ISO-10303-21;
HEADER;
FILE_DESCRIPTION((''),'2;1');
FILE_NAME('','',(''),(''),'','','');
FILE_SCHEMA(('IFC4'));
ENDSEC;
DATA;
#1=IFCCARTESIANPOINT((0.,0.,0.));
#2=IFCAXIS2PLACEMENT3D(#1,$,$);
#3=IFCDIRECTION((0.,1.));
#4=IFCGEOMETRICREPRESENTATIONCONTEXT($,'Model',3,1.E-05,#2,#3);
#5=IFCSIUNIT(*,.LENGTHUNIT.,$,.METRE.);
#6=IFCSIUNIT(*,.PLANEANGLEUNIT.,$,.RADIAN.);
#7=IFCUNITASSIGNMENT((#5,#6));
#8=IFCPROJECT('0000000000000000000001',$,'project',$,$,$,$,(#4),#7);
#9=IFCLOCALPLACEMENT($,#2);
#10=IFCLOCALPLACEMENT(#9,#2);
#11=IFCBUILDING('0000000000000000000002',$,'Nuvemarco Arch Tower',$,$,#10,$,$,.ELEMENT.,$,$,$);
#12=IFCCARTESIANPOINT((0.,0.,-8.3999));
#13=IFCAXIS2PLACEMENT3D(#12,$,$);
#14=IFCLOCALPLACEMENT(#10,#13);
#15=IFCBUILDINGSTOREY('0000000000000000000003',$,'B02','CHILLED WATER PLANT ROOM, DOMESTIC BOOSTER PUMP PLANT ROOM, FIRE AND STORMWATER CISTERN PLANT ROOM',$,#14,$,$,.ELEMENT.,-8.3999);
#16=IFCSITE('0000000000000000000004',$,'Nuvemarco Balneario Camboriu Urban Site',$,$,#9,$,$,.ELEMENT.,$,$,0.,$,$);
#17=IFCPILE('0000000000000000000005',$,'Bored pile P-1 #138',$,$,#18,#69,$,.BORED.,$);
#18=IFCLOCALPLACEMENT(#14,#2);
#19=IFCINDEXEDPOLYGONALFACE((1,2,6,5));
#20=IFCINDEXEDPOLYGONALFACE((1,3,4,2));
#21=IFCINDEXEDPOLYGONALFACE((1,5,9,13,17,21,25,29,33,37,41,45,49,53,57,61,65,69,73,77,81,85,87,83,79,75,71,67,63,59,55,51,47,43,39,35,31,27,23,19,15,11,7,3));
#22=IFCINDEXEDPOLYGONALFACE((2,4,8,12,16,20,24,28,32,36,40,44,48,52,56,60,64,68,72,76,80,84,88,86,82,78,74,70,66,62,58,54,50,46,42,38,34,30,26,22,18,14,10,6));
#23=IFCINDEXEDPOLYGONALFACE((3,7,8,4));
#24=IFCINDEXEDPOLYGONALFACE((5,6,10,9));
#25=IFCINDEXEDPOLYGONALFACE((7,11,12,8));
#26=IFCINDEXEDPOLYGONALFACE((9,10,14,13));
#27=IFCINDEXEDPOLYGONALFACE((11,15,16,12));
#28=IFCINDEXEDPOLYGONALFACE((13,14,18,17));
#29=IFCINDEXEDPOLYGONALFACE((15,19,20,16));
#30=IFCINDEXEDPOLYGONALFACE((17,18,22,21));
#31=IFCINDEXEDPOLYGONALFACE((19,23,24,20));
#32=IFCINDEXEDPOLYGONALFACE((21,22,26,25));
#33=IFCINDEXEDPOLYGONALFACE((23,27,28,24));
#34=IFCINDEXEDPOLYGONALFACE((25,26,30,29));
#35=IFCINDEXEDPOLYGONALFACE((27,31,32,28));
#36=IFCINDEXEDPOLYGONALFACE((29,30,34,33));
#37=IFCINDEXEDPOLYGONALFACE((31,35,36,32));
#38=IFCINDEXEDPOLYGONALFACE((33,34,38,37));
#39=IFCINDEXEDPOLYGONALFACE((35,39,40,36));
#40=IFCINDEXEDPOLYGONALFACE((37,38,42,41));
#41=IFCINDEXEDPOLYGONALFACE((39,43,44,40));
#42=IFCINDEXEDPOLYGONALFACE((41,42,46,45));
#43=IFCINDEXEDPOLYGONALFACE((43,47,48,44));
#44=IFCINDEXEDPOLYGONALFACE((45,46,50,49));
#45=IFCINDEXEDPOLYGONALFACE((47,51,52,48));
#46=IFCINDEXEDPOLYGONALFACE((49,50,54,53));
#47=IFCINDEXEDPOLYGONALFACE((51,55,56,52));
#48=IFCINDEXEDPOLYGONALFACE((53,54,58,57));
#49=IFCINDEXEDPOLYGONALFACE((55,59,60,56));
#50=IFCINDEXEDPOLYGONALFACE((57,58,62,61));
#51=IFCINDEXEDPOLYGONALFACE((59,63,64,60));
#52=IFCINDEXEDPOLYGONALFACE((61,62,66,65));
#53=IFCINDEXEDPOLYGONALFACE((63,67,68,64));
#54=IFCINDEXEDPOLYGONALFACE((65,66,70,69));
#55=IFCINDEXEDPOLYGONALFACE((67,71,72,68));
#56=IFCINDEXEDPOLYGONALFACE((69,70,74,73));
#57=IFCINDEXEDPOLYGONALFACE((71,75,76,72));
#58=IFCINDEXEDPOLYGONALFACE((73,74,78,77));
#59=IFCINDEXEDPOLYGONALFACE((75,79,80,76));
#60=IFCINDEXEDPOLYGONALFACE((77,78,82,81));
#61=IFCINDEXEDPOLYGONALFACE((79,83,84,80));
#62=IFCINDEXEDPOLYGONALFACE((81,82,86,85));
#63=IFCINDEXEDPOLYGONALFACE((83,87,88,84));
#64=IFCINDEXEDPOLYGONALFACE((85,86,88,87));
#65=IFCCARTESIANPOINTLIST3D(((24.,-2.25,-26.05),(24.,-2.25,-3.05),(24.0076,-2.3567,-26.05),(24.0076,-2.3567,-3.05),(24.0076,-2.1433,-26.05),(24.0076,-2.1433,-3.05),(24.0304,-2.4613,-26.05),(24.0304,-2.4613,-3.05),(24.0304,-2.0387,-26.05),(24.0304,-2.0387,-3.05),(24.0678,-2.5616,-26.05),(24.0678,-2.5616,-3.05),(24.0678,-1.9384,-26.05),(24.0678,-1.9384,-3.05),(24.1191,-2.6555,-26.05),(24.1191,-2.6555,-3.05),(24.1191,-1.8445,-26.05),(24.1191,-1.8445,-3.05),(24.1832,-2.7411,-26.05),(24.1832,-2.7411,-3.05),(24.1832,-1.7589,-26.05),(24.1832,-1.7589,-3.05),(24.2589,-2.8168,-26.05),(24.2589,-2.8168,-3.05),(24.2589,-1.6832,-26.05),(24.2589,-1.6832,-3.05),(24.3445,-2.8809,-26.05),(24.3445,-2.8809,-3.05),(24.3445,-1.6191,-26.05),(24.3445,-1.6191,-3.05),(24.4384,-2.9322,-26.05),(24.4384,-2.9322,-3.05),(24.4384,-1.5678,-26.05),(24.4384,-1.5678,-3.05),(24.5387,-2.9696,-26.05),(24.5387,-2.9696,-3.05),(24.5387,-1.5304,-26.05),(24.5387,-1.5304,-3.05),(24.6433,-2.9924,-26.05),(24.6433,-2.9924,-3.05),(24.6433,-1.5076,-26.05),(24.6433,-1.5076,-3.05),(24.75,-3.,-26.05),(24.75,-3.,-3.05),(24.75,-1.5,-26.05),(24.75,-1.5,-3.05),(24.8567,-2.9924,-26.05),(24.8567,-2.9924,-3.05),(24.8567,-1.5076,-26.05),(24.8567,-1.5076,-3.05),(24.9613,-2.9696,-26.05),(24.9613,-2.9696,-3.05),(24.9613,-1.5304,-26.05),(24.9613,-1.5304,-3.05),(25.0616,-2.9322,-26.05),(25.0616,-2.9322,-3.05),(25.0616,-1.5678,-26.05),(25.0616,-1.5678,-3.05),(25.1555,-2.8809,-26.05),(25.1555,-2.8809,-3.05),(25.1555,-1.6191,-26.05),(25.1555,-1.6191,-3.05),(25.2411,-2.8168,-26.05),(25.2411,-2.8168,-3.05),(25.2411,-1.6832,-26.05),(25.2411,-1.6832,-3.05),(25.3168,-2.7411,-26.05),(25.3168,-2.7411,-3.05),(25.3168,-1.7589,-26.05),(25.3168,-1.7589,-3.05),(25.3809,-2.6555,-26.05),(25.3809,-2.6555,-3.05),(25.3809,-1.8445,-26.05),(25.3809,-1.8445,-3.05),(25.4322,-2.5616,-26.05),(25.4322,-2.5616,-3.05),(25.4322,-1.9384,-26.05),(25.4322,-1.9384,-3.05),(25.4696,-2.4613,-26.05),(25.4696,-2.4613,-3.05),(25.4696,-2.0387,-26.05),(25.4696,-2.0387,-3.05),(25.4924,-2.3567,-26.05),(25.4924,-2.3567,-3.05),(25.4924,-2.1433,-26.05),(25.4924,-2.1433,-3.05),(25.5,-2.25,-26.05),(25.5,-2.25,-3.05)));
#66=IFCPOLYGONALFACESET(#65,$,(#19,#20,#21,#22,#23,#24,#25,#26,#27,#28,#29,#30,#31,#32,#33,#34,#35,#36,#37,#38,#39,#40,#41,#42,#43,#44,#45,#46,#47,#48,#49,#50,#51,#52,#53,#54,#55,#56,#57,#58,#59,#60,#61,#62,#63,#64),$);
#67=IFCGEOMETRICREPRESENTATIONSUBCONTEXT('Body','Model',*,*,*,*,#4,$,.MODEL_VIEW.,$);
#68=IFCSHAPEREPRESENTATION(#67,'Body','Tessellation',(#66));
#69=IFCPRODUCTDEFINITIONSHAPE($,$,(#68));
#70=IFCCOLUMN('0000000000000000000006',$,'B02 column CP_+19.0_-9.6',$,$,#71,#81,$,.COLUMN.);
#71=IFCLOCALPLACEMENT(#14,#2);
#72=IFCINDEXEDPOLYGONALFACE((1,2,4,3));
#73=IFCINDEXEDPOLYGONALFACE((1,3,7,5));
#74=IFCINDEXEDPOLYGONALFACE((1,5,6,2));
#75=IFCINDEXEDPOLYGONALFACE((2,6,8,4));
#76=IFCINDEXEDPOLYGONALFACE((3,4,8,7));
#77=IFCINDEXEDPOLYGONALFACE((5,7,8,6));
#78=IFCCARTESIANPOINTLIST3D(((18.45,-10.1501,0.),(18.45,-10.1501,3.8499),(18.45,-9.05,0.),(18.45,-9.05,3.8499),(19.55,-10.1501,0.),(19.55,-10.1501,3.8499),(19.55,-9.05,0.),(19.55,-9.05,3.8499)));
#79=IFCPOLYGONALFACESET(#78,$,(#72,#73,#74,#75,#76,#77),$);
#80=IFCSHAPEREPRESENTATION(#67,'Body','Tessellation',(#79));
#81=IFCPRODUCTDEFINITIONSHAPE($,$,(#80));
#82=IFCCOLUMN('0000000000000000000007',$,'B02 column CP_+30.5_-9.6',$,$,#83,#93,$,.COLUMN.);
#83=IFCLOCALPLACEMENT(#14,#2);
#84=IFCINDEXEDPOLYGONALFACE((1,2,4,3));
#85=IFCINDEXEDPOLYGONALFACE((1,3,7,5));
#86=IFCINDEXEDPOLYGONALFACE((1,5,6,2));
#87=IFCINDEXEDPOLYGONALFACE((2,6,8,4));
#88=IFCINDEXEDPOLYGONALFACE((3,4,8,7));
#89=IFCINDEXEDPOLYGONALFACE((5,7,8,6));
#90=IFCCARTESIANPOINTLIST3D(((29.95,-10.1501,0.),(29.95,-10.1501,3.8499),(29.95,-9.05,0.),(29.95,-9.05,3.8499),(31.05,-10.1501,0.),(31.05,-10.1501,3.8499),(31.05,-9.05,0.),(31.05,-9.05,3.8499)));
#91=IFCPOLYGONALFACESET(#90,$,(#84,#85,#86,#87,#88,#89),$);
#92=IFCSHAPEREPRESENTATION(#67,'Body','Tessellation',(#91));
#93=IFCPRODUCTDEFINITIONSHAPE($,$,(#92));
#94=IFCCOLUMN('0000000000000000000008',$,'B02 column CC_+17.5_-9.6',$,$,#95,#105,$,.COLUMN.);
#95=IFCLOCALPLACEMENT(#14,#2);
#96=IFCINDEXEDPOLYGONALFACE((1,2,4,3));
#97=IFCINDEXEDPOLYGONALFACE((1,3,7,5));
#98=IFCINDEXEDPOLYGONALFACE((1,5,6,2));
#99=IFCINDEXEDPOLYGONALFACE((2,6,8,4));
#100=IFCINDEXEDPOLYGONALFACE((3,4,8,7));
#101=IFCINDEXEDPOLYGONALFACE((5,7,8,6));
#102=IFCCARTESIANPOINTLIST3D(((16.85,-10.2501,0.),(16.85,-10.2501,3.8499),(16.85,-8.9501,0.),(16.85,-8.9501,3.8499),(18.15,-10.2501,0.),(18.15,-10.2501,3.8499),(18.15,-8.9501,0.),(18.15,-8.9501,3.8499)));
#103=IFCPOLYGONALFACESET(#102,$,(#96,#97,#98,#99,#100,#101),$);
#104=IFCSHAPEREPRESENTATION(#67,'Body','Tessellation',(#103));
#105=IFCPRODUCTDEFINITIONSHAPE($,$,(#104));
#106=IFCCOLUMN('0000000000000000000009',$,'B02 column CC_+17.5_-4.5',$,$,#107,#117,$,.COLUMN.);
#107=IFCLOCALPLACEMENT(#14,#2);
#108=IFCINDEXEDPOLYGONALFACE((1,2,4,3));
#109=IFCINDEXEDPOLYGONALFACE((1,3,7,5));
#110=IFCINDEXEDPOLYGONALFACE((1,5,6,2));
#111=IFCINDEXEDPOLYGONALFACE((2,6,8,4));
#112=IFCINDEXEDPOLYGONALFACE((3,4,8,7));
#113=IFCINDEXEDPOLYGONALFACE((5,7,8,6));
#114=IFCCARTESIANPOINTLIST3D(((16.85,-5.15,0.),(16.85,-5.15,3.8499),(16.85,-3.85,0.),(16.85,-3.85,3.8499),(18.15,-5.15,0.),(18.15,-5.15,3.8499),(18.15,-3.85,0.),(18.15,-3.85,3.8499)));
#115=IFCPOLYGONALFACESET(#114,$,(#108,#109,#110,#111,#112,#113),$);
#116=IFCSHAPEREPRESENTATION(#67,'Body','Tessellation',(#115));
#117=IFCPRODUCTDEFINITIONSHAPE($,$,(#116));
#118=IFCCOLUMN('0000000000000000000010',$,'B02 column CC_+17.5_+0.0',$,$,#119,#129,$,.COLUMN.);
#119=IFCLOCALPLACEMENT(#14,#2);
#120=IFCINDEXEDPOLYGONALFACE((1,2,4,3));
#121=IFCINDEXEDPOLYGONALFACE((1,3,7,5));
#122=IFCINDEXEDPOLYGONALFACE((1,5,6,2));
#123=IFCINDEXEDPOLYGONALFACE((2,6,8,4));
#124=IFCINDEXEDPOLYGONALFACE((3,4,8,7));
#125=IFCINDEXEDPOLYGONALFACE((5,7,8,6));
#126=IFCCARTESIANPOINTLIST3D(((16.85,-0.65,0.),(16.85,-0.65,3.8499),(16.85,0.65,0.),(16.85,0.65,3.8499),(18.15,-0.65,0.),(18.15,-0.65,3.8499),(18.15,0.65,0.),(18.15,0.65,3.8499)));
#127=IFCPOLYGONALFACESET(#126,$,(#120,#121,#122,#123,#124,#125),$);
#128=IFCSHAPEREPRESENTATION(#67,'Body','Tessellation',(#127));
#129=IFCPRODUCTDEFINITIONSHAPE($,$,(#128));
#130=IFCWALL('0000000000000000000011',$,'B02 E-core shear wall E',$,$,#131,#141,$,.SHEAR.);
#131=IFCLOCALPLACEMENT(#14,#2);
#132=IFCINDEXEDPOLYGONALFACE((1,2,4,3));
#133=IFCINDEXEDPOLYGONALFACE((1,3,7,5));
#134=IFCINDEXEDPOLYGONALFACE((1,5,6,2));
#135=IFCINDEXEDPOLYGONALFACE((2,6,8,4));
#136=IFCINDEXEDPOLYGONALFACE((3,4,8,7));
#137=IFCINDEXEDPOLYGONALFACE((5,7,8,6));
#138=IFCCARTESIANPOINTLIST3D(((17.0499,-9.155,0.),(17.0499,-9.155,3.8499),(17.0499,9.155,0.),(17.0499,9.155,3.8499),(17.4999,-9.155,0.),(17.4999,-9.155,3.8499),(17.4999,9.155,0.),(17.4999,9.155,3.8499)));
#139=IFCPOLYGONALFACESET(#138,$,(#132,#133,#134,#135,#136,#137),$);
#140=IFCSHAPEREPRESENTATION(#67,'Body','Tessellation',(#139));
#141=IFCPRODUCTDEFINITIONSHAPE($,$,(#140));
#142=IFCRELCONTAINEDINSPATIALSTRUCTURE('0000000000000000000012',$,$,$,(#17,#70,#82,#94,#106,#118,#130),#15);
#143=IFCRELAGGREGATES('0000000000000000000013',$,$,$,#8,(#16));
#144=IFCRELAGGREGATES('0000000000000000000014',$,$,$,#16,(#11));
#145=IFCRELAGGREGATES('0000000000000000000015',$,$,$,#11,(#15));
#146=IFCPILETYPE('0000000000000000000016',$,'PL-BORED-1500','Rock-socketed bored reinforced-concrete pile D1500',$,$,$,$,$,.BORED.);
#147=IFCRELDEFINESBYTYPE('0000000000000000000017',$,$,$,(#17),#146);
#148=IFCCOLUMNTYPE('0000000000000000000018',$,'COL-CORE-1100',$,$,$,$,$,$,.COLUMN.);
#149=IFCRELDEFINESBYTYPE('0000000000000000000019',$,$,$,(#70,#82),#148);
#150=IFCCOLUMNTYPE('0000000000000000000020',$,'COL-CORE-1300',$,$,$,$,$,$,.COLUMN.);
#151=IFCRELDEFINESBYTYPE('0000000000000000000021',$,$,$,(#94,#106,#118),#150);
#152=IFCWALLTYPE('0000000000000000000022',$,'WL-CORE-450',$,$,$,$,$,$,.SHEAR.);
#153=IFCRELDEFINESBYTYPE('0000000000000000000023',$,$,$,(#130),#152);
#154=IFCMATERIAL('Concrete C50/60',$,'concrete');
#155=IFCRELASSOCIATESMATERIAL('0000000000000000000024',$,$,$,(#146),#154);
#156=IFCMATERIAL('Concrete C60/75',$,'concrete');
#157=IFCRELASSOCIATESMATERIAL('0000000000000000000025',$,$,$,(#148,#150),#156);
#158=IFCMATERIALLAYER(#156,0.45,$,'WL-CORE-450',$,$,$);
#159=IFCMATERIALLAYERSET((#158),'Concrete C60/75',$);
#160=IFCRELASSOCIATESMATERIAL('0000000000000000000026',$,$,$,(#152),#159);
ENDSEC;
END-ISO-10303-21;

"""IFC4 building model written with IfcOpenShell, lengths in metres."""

from ifc_helpers import new_model, si_unit, direction, frame, frame_2d, origin, origin_2d, place, context, subcontext, project, spatial, rectangle, circle, extrude, material, layer, layer_set, material_profile, profile_set, type_object, element, save


model = new_model("IFC4")

# Units and contexts
model_context = context("Model", 3, precision=1e-05, world=origin(), true_north=direction((0.0, 1.0)))
body_context = subcontext(model_context, "Body", "Model", "MODEL_VIEW")
ifc_project = project(units=[si_unit("LENGTHUNIT", "METRE"), si_unit("PLANEANGLEUNIT", "RADIAN")], contexts=[model_context])

# Site, building, storey
site_placement = place(None, origin())
site = spatial("IfcSite", under=ifc_project, at=site_placement, Name="Nuvemarco Balneario Camboriu Urban Site", CompositionType="ELEMENT", RefElevation=0.0)
building_placement = place(site_placement, origin())
building = spatial("IfcBuilding", under=site, at=building_placement, Name="Nuvemarco Arch Tower", CompositionType="ELEMENT")
storey_placement = place(building_placement, frame((0.0, 0.0, -8.3999)))
storey = spatial("IfcBuildingStorey", under=building, at=storey_placement, Name="B02", Description="CHILLED WATER PLANT ROOM, DOMESTIC BOOSTER PUMP PLANT ROOM, FIRE AND STORMWATER CISTERN PLANT ROOM", CompositionType="ELEMENT", Elevation=-8.3999)

# Pile
ifc_material_1 = material(Name="Concrete C50/60", Category="concrete")
ifc_material_profile_1 = material_profile(ifc_material_1, circle(Radius=0.75, at=origin_2d()), Name="PILE-D1500")
ifc_profile_set_1 = profile_set([ifc_material_profile_1], Name="Concrete C50/60")
pile_type = type_object("IfcPileType", Name="PL-BORED-1500", Description="Rock-socketed bored reinforced-concrete pile D1500", PredefinedType="BORED", material=ifc_profile_set_1)
for number, where, z_axis, x_axis, name in (
    (1, (24.75, -2.25, -3.05), (0.0, 0.0, -1.0), (1.0, 0.0, 0.0), "Bored pile P-1 #138"),
):
    element("IfcPile", number, at=place(storey_placement, frame(where, z_axis=z_axis, x_axis=x_axis)), inside=storey, type_object=pile_type, Name=name, PredefinedType="BORED", context=body_context, shape_type="SweptSolid", body=[
        extrude(circle(Radius=0.75, at=origin_2d()), origin(), (0.0, 0.0, 1.0), 23.0),
    ])

# Columns
ifc_material_2 = material(Name="Concrete C60/75", Category="concrete")
ifc_material_profile_2 = material_profile(ifc_material_2, rectangle(XDim=1.1001, YDim=1.1001, at=origin_2d()), Name="RC-COL-1100x1100")
ifc_profile_set_2 = profile_set([ifc_material_profile_2], Name="Concrete C60/75")
column_type_1 = type_object("IfcColumnType", Name="COL-CORE-1100", PredefinedType="COLUMN", material=ifc_profile_set_2)
for number, where, z_axis, x_axis, name in (
    (2, (19.0, -9.6001, 0.0), (0.0, 0.0, 1.0), (1.0, 0.0, 0.0), "B02 column CP_+19.0_-9.6"),
    (3, (30.5, -9.6001, 0.0), (0.0, 0.0, 1.0), (1.0, 0.0, 0.0), "B02 column CP_+30.5_-9.6"),
):
    element("IfcColumn", number, at=place(storey_placement, frame(where, z_axis=z_axis, x_axis=x_axis)), inside=storey, type_object=column_type_1, Name=name, PredefinedType="COLUMN", context=body_context, shape_type="SweptSolid", body=[
        extrude(rectangle(XDim=1.1001, YDim=1.1001, at=origin_2d()), origin(), (0.0, 0.0, 1.0), 3.8499),
    ])
ifc_material_profile_3 = material_profile(ifc_material_2, rectangle(XDim=1.3, YDim=1.3, at=origin_2d()), Name="RC-COL-1300x1300")
ifc_profile_set_3 = profile_set([ifc_material_profile_3], Name="Concrete C60/75")
column_type_2 = type_object("IfcColumnType", Name="COL-CORE-1300", PredefinedType="COLUMN", material=ifc_profile_set_3)
for number, where, z_axis, x_axis, name in (
    (4, (17.5, -9.6001, 0.0), (0.0, 0.0, 1.0), (1.0, 0.0, 0.0), "B02 column CC_+17.5_-9.6"),
    (5, (17.5, -4.5, 0.0), (0.0, 0.0, 1.0), (1.0, 0.0, 0.0), "B02 column CC_+17.5_-4.5"),
    (6, (17.5, 0.0, 0.0), (0.0, 0.0, 1.0), (1.0, 0.0, 0.0), "B02 column CC_+17.5_+0.0"),
):
    element("IfcColumn", number, at=place(storey_placement, frame(where, z_axis=z_axis, x_axis=x_axis)), inside=storey, type_object=column_type_2, Name=name, PredefinedType="COLUMN", context=body_context, shape_type="SweptSolid", body=[
        extrude(rectangle(XDim=1.3, YDim=1.3, at=origin_2d()), origin(), (0.0, 0.0, 1.0), 3.8499),
    ])

# Wall
ifc_layer_1 = layer(ifc_material_2, 0.45, Name="WL-CORE-450")
ifc_layer_set_1 = layer_set([ifc_layer_1], Name="Concrete C60/75")
wall_type_1 = type_object("IfcWallType", Name="WL-CORE-450", PredefinedType="SHEAR", material=ifc_layer_set_1)
wall_1_placement = place(storey_placement, frame((17.2749, -9.155, 0.0), z_axis=(0.0, 0.0, 1.0), x_axis=(0.0, 1.0, 0.0)))
element("IfcWall", 7, at=wall_1_placement, inside=storey, type_object=wall_type_1, Name="B02 E-core shear wall E", PredefinedType="SHEAR", context=body_context, shape_type="SweptSolid", body=[
    extrude(rectangle(XDim=18.3101, YDim=0.45, at=frame_2d((9.155, 0.0))), origin(), (0.0, 0.0, 1.0), 3.8499),
])

save(model, "model.ifc")
